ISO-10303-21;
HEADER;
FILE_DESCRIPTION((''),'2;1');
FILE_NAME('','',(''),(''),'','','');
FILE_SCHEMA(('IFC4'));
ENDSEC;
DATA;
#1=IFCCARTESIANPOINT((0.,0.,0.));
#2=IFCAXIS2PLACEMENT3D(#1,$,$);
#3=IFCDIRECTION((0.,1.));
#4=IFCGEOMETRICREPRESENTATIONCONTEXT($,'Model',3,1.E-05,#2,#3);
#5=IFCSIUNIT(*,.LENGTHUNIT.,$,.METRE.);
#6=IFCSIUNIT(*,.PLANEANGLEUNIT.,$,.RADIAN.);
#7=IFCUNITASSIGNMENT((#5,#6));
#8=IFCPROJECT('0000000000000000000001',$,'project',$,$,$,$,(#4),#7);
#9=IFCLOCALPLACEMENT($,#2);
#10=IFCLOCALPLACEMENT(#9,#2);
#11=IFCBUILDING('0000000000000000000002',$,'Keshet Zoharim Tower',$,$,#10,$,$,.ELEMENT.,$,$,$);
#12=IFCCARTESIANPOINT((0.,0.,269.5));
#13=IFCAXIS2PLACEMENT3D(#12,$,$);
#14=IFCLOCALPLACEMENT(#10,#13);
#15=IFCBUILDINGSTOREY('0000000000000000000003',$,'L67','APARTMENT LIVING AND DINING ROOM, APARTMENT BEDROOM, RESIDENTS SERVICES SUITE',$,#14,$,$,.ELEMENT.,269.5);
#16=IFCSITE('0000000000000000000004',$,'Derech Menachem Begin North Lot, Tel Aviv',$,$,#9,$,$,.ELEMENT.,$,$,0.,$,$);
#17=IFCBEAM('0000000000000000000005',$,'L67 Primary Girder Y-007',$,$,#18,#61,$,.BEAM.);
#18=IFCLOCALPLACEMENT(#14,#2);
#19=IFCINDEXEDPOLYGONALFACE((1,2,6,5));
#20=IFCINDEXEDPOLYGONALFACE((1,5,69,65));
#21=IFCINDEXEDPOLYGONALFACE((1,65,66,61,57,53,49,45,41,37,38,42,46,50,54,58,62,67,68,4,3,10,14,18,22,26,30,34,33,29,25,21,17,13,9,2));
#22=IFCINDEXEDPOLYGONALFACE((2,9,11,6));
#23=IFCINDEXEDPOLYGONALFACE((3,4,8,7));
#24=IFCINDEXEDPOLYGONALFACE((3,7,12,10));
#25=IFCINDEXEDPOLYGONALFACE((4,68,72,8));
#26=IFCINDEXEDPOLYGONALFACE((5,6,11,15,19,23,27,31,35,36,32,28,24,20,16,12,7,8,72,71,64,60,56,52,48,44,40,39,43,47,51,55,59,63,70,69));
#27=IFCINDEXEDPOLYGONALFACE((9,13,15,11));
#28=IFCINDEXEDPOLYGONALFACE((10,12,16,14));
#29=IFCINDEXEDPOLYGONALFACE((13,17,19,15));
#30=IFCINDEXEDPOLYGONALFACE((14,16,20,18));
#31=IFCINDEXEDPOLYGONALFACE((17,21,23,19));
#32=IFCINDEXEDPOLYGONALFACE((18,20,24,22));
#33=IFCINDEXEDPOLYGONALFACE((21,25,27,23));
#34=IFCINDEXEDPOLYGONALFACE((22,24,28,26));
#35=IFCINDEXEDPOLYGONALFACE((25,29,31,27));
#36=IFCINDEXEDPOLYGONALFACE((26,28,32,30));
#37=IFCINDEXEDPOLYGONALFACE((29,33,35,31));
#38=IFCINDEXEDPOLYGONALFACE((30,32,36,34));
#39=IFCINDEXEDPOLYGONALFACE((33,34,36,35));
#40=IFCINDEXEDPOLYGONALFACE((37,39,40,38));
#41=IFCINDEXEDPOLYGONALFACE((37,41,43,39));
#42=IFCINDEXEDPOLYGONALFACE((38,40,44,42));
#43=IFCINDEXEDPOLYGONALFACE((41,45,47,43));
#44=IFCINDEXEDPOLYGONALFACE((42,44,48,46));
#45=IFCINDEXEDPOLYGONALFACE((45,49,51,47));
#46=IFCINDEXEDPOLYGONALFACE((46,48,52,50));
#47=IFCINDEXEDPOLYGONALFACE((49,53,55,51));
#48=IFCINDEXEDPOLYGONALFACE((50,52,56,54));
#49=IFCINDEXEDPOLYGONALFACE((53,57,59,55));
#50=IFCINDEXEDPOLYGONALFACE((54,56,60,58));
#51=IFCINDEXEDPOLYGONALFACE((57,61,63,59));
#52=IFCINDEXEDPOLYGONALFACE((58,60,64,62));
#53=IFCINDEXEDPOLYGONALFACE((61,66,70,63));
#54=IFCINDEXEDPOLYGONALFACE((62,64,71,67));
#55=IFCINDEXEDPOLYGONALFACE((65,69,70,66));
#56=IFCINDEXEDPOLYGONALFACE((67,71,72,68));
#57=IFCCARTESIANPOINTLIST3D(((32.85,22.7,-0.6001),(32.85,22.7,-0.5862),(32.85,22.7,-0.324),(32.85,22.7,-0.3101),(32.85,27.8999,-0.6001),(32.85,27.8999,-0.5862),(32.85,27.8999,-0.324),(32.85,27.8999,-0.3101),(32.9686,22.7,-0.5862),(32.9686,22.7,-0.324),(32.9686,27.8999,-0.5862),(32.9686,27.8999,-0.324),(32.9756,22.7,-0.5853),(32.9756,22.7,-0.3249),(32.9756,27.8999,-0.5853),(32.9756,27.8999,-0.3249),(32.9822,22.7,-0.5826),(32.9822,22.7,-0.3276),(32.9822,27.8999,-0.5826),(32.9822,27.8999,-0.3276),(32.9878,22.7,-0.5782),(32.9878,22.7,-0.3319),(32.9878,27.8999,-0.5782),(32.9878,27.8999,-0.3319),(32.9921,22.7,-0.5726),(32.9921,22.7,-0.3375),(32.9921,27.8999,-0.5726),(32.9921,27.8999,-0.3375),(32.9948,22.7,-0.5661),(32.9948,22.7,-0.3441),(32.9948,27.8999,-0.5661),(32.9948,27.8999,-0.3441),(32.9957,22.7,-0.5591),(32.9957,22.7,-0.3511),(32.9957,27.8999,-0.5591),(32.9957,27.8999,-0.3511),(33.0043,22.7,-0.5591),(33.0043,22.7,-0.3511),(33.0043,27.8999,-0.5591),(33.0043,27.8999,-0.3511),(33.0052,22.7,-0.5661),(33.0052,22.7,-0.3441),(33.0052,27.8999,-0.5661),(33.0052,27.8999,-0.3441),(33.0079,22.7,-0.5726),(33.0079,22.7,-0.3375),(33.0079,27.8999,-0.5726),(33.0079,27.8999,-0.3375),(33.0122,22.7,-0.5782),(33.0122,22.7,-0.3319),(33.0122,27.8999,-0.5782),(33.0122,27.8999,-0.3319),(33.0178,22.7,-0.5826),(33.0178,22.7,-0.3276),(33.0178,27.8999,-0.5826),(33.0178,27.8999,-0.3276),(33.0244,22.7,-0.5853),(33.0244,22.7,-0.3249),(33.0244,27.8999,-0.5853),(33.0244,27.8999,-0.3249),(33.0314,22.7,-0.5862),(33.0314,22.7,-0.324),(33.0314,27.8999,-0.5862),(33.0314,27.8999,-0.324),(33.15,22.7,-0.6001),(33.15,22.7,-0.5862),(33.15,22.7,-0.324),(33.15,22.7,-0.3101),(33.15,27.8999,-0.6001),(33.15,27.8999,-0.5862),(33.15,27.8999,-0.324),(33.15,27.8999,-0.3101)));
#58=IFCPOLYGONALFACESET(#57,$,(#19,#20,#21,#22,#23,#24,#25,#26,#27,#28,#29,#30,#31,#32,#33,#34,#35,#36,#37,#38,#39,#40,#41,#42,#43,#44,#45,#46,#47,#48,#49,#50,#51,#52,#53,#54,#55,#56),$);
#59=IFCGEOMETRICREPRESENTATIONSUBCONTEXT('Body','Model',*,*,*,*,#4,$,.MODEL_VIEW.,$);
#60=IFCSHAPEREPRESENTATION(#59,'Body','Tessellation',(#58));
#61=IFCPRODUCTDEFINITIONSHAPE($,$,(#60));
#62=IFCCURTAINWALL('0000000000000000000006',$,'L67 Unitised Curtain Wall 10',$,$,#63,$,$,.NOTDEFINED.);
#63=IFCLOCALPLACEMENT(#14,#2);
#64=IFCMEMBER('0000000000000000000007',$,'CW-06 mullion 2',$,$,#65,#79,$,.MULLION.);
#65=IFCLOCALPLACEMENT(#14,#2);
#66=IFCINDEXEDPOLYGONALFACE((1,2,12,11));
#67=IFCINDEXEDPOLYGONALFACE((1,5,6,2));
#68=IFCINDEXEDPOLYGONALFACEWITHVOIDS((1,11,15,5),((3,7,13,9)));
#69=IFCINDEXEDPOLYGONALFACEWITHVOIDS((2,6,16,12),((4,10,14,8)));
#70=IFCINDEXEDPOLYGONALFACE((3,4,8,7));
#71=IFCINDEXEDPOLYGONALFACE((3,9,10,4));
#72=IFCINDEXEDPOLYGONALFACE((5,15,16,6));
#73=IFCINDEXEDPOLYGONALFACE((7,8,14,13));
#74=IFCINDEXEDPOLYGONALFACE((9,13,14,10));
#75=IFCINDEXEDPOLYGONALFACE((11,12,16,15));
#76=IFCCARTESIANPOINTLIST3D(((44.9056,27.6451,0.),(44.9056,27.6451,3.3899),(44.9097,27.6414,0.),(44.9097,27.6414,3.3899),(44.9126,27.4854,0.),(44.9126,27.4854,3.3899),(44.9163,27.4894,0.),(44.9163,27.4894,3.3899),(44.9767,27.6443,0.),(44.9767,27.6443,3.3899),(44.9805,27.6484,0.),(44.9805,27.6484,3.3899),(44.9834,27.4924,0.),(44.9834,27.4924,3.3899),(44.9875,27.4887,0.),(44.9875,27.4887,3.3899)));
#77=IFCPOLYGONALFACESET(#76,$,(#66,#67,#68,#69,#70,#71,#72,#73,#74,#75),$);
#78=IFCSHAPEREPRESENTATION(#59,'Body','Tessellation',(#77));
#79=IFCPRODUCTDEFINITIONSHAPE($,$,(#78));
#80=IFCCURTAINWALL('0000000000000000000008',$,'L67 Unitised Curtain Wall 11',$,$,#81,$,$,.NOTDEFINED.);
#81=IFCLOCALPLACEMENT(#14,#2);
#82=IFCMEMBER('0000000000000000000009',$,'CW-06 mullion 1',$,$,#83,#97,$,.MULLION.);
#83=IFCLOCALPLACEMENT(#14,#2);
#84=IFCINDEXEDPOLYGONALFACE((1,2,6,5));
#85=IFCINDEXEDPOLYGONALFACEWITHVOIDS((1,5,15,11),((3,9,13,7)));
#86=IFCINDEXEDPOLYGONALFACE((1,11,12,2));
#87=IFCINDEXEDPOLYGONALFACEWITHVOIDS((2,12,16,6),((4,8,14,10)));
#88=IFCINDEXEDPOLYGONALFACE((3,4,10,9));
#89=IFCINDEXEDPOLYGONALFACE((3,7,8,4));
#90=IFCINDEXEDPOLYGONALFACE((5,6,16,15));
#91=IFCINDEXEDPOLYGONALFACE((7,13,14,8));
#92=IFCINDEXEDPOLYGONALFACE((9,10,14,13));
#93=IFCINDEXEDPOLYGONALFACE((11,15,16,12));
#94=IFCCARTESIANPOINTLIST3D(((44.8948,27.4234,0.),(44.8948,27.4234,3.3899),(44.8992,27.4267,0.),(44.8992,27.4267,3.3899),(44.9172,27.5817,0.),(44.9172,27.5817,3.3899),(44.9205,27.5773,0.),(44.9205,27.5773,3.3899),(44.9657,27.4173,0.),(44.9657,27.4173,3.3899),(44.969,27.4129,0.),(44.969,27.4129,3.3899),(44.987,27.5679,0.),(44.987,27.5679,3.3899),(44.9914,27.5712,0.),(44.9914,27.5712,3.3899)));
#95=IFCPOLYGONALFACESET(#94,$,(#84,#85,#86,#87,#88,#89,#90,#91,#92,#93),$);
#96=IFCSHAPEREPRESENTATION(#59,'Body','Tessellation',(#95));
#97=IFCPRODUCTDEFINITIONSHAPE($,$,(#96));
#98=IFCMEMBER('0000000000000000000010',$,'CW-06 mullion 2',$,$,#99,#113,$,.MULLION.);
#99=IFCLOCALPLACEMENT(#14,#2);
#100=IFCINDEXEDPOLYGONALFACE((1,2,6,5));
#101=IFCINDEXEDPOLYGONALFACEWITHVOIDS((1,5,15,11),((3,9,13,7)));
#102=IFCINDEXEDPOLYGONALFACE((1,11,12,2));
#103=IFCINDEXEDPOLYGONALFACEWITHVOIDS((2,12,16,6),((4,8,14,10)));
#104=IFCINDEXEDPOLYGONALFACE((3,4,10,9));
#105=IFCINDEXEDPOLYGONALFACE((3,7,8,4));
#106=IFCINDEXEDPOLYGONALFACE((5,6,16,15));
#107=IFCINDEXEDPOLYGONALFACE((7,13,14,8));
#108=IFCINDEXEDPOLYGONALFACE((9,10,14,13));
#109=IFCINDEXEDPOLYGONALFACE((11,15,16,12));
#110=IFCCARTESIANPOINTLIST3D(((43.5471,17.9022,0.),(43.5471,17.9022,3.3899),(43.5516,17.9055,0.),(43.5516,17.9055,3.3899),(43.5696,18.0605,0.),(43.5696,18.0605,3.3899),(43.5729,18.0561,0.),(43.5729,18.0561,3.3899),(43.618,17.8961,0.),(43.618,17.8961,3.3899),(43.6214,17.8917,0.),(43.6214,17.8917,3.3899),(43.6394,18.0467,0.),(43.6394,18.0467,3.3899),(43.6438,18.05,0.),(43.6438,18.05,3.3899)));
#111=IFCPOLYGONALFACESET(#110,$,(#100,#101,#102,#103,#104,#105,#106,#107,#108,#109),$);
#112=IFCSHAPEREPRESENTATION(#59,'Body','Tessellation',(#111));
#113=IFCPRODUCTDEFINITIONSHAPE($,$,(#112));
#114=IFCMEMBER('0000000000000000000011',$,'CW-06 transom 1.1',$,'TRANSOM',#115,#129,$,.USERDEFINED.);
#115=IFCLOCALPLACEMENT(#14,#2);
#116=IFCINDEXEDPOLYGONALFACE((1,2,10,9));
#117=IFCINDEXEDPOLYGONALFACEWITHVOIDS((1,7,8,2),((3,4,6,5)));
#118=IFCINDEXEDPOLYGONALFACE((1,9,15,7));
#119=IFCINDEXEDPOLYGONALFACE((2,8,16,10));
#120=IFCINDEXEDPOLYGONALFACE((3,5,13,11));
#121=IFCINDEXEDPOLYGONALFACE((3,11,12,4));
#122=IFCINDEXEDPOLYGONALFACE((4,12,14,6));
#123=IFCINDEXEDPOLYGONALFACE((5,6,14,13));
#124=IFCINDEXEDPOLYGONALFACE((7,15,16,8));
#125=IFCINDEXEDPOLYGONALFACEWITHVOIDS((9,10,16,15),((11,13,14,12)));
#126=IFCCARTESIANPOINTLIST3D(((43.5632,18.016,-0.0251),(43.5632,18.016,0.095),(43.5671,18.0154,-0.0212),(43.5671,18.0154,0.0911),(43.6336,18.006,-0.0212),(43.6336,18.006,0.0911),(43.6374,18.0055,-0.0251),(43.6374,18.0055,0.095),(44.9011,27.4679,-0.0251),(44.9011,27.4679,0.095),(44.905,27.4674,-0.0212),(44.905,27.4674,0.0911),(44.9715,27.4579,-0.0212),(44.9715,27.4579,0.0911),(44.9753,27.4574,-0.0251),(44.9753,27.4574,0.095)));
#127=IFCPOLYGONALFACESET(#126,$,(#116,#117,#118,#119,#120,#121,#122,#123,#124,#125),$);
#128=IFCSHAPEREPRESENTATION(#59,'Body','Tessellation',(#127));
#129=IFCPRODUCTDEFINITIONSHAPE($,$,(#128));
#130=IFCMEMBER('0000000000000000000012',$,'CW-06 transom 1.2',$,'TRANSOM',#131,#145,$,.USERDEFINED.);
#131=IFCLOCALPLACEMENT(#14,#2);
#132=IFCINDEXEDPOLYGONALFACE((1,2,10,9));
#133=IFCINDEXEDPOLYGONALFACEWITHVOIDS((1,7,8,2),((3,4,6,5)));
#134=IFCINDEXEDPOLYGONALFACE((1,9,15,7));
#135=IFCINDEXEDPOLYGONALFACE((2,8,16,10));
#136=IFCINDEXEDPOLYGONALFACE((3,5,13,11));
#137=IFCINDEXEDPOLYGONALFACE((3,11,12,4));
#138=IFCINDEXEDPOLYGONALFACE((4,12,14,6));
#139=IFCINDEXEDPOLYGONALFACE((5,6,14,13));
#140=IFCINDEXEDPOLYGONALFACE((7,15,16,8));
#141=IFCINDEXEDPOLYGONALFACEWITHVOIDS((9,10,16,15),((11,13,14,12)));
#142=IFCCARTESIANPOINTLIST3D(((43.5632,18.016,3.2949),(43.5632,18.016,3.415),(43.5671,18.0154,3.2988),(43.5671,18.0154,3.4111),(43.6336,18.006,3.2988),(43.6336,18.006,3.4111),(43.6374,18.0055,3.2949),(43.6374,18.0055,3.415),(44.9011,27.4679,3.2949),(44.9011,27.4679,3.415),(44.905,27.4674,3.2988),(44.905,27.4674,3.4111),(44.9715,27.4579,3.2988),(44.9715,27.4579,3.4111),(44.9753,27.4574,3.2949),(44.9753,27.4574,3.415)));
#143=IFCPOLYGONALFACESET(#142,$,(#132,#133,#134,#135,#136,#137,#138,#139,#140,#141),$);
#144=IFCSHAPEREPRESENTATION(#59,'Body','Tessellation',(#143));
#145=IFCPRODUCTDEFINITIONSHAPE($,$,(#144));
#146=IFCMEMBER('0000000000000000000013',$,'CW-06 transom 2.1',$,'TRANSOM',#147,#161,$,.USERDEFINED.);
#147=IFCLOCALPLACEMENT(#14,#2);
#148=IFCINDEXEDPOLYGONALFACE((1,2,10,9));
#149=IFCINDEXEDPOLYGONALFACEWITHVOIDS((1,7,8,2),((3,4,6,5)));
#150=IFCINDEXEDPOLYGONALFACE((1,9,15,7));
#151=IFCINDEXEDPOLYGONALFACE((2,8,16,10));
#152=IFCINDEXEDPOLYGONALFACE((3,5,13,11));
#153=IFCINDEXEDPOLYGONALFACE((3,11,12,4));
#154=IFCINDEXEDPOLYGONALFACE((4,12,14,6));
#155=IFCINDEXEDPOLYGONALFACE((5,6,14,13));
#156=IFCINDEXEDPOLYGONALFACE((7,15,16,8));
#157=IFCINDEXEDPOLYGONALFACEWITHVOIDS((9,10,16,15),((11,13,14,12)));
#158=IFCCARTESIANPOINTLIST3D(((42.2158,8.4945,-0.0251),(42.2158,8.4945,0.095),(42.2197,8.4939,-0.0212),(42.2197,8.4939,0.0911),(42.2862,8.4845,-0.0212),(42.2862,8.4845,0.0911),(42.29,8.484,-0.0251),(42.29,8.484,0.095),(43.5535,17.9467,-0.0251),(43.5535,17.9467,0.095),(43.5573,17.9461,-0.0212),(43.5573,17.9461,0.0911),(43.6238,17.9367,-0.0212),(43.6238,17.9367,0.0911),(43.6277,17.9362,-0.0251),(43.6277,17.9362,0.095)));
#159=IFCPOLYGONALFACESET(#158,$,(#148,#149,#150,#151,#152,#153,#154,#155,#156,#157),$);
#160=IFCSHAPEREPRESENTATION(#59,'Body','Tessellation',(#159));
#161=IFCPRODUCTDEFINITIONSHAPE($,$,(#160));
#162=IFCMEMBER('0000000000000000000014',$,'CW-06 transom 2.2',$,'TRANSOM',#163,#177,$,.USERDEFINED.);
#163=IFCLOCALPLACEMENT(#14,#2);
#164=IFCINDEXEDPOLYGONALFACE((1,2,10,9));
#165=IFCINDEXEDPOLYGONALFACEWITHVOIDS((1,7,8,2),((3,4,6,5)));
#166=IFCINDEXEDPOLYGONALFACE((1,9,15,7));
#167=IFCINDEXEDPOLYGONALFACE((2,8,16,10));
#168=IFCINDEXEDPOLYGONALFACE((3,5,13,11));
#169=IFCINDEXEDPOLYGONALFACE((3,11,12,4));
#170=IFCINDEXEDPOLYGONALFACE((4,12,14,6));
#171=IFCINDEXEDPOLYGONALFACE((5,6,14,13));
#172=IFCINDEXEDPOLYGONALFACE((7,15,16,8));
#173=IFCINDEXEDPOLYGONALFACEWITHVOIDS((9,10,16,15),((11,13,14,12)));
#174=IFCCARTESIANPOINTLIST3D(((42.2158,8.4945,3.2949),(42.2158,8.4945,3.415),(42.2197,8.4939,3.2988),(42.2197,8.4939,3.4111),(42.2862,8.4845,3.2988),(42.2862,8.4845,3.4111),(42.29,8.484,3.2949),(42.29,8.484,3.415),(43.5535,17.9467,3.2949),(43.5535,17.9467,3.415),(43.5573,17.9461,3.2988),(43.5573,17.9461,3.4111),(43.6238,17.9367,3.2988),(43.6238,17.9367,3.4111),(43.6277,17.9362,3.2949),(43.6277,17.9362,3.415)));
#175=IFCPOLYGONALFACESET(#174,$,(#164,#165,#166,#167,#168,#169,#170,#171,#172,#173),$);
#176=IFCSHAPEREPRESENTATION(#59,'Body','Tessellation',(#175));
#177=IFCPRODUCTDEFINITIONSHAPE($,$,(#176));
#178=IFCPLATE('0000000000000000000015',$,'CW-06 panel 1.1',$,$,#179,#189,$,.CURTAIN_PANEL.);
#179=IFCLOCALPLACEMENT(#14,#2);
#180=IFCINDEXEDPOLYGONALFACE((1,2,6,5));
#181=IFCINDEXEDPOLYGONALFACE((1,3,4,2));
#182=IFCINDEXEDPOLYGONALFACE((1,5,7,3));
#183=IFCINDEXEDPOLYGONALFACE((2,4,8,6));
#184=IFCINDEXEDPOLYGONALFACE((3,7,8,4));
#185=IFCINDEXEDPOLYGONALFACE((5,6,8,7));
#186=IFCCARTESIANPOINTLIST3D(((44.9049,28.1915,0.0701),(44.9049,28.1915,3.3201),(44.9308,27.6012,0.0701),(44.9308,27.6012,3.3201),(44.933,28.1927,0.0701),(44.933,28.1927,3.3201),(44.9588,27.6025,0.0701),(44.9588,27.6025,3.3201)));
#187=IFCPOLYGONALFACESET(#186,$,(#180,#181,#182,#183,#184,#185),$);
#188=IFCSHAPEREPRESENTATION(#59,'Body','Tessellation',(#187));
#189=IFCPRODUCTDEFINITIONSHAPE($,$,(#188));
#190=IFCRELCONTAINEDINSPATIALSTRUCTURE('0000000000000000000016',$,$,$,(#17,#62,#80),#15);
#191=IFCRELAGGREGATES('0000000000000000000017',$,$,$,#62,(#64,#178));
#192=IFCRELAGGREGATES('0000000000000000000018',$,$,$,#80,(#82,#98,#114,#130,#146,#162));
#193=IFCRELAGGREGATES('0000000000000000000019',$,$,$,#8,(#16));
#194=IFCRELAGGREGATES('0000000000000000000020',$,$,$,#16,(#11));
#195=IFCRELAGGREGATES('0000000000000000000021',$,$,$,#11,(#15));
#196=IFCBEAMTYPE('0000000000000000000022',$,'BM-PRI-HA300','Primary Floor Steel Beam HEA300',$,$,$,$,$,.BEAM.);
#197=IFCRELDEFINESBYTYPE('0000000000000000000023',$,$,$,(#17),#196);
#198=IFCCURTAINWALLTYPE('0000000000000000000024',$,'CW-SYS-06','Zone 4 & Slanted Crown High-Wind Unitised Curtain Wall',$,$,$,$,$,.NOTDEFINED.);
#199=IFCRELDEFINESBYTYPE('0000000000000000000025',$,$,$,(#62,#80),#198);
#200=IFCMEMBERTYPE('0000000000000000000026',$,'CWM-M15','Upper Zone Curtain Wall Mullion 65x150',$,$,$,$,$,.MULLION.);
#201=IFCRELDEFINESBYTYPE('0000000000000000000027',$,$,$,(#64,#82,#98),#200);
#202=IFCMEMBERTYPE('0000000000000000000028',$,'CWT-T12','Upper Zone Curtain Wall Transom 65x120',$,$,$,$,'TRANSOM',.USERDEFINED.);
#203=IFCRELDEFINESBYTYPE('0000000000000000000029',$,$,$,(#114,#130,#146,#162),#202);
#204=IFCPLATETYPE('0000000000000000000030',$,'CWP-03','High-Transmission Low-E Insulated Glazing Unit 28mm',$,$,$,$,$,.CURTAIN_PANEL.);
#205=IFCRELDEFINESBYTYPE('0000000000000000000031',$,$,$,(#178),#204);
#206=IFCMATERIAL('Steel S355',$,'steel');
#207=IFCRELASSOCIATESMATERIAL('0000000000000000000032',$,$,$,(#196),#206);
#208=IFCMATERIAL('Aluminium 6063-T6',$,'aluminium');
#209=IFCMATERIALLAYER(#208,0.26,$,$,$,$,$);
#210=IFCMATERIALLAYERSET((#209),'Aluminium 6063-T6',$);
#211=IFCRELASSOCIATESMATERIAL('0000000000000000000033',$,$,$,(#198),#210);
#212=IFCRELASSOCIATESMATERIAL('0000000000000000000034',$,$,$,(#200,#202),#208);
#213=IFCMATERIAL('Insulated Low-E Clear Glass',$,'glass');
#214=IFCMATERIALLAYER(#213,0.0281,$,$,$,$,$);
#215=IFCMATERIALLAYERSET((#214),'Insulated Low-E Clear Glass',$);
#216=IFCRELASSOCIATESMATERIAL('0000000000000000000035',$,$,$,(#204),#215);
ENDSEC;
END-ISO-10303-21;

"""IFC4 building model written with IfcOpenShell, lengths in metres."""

from ifc_helpers import new_model, si_unit, direction, frame, origin, origin_2d, place, context, subcontext, project, spatial, rectangle, hollow_rectangle, i_section, extrude, material, layer, layer_set, material_profile, profile_set, type_object, element, aggregate, save


model = new_model("IFC4")

# Units and contexts
model_context = context("Model", 3, precision=1e-05, world=origin(), true_north=direction((0.0, 1.0)))
body_context = subcontext(model_context, "Body", "Model", "MODEL_VIEW")
ifc_project = project(units=[si_unit("LENGTHUNIT", "METRE"), si_unit("PLANEANGLEUNIT", "RADIAN")], contexts=[model_context])

# Site, building, storey
site_placement = place(None, origin())
site = spatial("IfcSite", under=ifc_project, at=site_placement, Name="Derech Menachem Begin North Lot, Tel Aviv", CompositionType="ELEMENT", RefElevation=0.0)
building_placement = place(site_placement, origin())
building = spatial("IfcBuilding", under=site, at=building_placement, Name="Keshet Zoharim Tower", CompositionType="ELEMENT")
storey_placement = place(building_placement, frame((0.0, 0.0, 269.5)))
storey = spatial("IfcBuildingStorey", under=building, at=storey_placement, Name="L67", Description="APARTMENT LIVING AND DINING ROOM, APARTMENT BEDROOM, RESIDENTS SERVICES SUITE", CompositionType="ELEMENT", Elevation=269.5)

# Shared definitions
ifc_material_1 = material(Name="Steel S355", Category="steel")

# Beam
ifc_material_profile_1 = material_profile(ifc_material_1, i_section(OverallWidth=0.3, OverallDepth=0.29, WebThickness=0.0085, FlangeThickness=0.0139, FilletRadius=0.0271, at=origin_2d()), Name="HEA300")
ifc_profile_set_1 = profile_set([ifc_material_profile_1], Name="Steel S355")
beam_type_1 = type_object("IfcBeamType", Name="BM-PRI-HA300", Description="Primary Floor Steel Beam HEA300", PredefinedType="BEAM", material=ifc_profile_set_1)
beam_1_placement = place(storey_placement, frame((33.0, 22.7, -0.4551), z_axis=(0.0, 1.0, 0.0), x_axis=(-1.0, 0.0, 0.0)))
element("IfcBeam", 1, at=beam_1_placement, inside=storey, type_object=beam_type_1, Name="L67 Primary Girder Y-007", PredefinedType="BEAM", context=body_context, shape_type="SweptSolid", body=[
    extrude(i_section(OverallWidth=0.3, OverallDepth=0.29, WebThickness=0.0085, FlangeThickness=0.0139, FilletRadius=0.0271, at=origin_2d()), origin(), (0.0, 0.0, 1.0), 5.2),
])

# Curtain wall, member
ifc_material_2 = material(Name="Aluminium 6063-T6", Category="aluminium")
ifc_layer_1 = layer(ifc_material_2, 0.26)
ifc_layer_set_1 = layer_set([ifc_layer_1], Name="Aluminium 6063-T6")
curtain_wall_type = type_object("IfcCurtainWallType", Name="CW-SYS-06", Description="Zone 4 & Slanted Crown High-Wind Unitised Curtain Wall", PredefinedType="NOTDEFINED", material=ifc_layer_set_1)
curtain_wall_1_placement = place(storey_placement, origin())
curtain_wall_1 = element("IfcCurtainWall", 2, at=curtain_wall_1_placement, inside=storey, type_object=curtain_wall_type, Name="L67 Unitised Curtain Wall 10", PredefinedType="NOTDEFINED")
ifc_material_profile_2 = material_profile(ifc_material_2, hollow_rectangle(XDim=0.075, YDim=0.1599, WallThickness=0.0039, at=origin_2d()), Name="MUL-75x160")
ifc_profile_set_2 = profile_set([ifc_material_profile_2], Name="Aluminium 6063-T6")
member_type_1 = type_object("IfcMemberType", Name="CWM-M15", Description="Upper Zone Curtain Wall Mullion 65x150", PredefinedType="MULLION", material=ifc_profile_set_2)
member_1_placement = place(storey_placement, frame((44.9465, 27.5669, 0.0), z_axis=(0.0, 0.0, 1.0), x_axis=(0.999041, 0.043794, 0.0)))
member_1 = element("IfcMember", 3, at=member_1_placement, type_object=member_type_1, Name="CW-06 mullion 2", PredefinedType="MULLION", context=body_context, shape_type="SweptSolid", body=[
    extrude(hollow_rectangle(XDim=0.075, YDim=0.1599, WallThickness=0.0039, at=origin_2d()), origin(), (0.0, 0.0, 1.0), 3.3899),
])

# Curtain wall, members
curtain_wall_2_placement = place(storey_placement, origin())
curtain_wall_2 = element("IfcCurtainWall", 4, at=curtain_wall_2_placement, inside=storey, type_object=curtain_wall_type, Name="L67 Unitised Curtain Wall 11", PredefinedType="NOTDEFINED")
member_2_placement = place(storey_placement, frame((44.9431, 27.4973, 0.0), z_axis=(0.0, 0.0, 1.0), x_axis=(0.990132, -0.140137, 0.0)))
member_2 = element("IfcMember", 5, at=member_2_placement, type_object=member_type_1, Name="CW-06 mullion 1", PredefinedType="MULLION", context=body_context, shape_type="SweptSolid", body=[
    extrude(hollow_rectangle(XDim=0.075, YDim=0.1599, WallThickness=0.0039, at=origin_2d()), origin(), (0.0, 0.0, 1.0), 3.3899),
])
member_3_placement = place(storey_placement, frame((43.5955, 17.9761, 0.0), z_axis=(0.0, 0.0, 1.0), x_axis=(0.990132, -0.140137, 0.0)))
member_3 = element("IfcMember", 6, at=member_3_placement, type_object=member_type_1, Name="CW-06 mullion 2", PredefinedType="MULLION", context=body_context, shape_type="SweptSolid", body=[
    extrude(hollow_rectangle(XDim=0.075, YDim=0.1599, WallThickness=0.0039, at=origin_2d()), origin(), (0.0, 0.0, 1.0), 3.3899),
])
ifc_material_profile_3 = material_profile(ifc_material_2, hollow_rectangle(XDim=0.075, YDim=0.1201, WallThickness=0.0039, at=origin_2d()), Name="TRN-75x120")
ifc_profile_set_3 = profile_set([ifc_material_profile_3], Name="Aluminium 6063-T6")
member_type_2 = type_object("IfcMemberType", Name="CWT-T12", Description="Upper Zone Curtain Wall Transom 65x120", ElementType="TRANSOM", PredefinedType="USERDEFINED", material=ifc_profile_set_3)
member_4_placement = place(storey_placement, frame((44.9382, 27.4626, 0.0349), z_axis=(-0.14015, -0.99013, 0.0), x_axis=(0.99013, -0.14015, 0.0)))
member_4 = element("IfcMember", 7, at=member_4_placement, type_object=member_type_2, Name="CW-06 transom 1.1", ObjectType="TRANSOM", PredefinedType="USERDEFINED", context=body_context, shape_type="SweptSolid", body=[
    extrude(hollow_rectangle(XDim=0.075, YDim=0.1201, WallThickness=0.0039, at=origin_2d()), origin(), (0.0, 0.0, 1.0), 9.5461),
])
member_5_placement = place(storey_placement, frame((44.9382, 27.4626, 3.355), z_axis=(-0.14015, -0.99013, 0.0), x_axis=(0.99013, -0.14015, 0.0)))
member_5 = element("IfcMember", 8, at=member_5_placement, type_object=member_type_2, Name="CW-06 transom 1.2", ObjectType="TRANSOM", PredefinedType="USERDEFINED", context=body_context, shape_type="SweptSolid", body=[
    extrude(hollow_rectangle(XDim=0.075, YDim=0.1201, WallThickness=0.0039, at=origin_2d()), origin(), (0.0, 0.0, 1.0), 9.5461),
])
member_6_placement = place(storey_placement, frame((43.5906, 17.9414, 0.0349), z_axis=(-0.140122, -0.990134, 0.0), x_axis=(0.990134, -0.140122, 0.0)))
member_6 = element("IfcMember", 9, at=member_6_placement, type_object=member_type_2, Name="CW-06 transom 2.1", ObjectType="TRANSOM", PredefinedType="USERDEFINED", context=body_context, shape_type="SweptSolid", body=[
    extrude(hollow_rectangle(XDim=0.075, YDim=0.1201, WallThickness=0.0039, at=origin_2d()), origin(), (0.0, 0.0, 1.0), 9.5464),
])
member_7_placement = place(storey_placement, frame((43.5906, 17.9414, 3.355), z_axis=(-0.140122, -0.990134, 0.0), x_axis=(0.990134, -0.140122, 0.0)))
member_7 = element("IfcMember", 10, at=member_7_placement, type_object=member_type_2, Name="CW-06 transom 2.2", ObjectType="TRANSOM", PredefinedType="USERDEFINED", context=body_context, shape_type="SweptSolid", body=[
    extrude(hollow_rectangle(XDim=0.075, YDim=0.1201, WallThickness=0.0039, at=origin_2d()), origin(), (0.0, 0.0, 1.0), 9.5464),
])

# Plate
ifc_material_3 = material(Name="Insulated Low-E Clear Glass", Category="glass")
ifc_layer_2 = layer(ifc_material_3, 0.0281)
ifc_layer_set_2 = layer_set([ifc_layer_2], Name="Insulated Low-E Clear Glass")
plate_type = type_object("IfcPlateType", Name="CWP-03", Description="High-Transmission Low-E Insulated Glazing Unit 28mm", PredefinedType="CURTAIN_PANEL", material=ifc_layer_set_2)
plate_1_placement = place(storey_placement, frame((44.9319, 27.897, 0.0701), z_axis=(0.0, 0.0, 1.0), x_axis=(0.043794, -0.999041, 0.0)))
plate_1 = element("IfcPlate", 11, at=plate_1_placement, type_object=plate_type, Name="CW-06 panel 1.1", PredefinedType="CURTAIN_PANEL", context=body_context, shape_type="SweptSolid", body=[
    extrude(rectangle(XDim=0.5908, YDim=0.0281, at=origin_2d()), origin(), (0.0, 0.0, 1.0), 3.25),
])
aggregate(curtain_wall_1, [member_1, plate_1])
aggregate(curtain_wall_2, [member_2, member_3, member_4, member_5, member_6, member_7])

save(model, "model.ifc")
